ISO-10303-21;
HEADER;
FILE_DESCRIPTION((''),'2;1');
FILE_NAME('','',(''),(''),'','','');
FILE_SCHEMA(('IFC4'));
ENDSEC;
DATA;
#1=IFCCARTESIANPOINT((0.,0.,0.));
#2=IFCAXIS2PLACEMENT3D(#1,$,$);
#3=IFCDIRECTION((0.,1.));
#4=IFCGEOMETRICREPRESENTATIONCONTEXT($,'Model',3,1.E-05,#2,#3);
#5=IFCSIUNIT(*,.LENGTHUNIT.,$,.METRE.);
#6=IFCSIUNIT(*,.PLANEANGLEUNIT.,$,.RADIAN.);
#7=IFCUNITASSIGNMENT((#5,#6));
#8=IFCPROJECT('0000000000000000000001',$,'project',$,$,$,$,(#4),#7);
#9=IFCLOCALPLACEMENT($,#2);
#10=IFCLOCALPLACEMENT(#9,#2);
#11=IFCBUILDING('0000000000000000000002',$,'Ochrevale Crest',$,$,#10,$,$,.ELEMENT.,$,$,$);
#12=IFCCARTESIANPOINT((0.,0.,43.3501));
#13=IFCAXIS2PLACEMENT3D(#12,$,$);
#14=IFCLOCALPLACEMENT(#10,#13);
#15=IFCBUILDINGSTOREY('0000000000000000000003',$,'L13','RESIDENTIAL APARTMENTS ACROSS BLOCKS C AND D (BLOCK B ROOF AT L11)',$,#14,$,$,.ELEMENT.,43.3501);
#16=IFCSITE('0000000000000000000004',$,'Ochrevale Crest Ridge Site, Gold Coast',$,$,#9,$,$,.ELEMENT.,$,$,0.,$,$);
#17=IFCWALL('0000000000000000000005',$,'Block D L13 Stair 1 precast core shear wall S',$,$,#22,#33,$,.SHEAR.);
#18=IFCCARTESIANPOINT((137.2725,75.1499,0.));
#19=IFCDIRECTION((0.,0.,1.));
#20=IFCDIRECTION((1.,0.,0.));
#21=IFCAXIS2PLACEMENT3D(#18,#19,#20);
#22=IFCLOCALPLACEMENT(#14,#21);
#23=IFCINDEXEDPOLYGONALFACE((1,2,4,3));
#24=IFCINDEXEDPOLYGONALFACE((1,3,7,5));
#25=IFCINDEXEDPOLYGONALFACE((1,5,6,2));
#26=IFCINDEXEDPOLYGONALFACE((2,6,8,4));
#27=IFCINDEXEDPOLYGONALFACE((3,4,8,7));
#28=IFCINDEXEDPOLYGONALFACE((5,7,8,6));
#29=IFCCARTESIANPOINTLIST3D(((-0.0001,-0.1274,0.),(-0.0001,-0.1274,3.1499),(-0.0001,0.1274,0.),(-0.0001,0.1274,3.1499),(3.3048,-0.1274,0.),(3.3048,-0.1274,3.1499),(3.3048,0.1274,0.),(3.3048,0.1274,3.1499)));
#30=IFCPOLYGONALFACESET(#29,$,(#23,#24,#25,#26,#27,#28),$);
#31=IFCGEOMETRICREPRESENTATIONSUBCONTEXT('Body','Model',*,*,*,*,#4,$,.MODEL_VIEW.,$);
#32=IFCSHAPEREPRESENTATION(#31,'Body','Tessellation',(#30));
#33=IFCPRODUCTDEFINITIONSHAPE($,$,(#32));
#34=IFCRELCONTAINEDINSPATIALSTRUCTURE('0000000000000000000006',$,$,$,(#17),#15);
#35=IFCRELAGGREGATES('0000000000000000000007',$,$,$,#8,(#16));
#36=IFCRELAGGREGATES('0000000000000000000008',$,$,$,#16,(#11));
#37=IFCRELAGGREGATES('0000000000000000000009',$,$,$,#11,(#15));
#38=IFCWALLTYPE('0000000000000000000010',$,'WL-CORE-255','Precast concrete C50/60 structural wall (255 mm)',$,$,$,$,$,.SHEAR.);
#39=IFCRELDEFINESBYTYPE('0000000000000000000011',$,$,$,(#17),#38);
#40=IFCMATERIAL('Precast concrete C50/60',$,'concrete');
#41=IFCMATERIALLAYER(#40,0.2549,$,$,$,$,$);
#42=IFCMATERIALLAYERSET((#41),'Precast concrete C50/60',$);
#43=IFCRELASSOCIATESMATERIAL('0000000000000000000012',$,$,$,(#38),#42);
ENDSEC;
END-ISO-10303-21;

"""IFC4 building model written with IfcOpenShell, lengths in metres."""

from ifc_helpers import new_model, si_unit, direction, frame, frame_2d, origin, place, context, subcontext, project, spatial, rectangle, extrude, material, layer, layer_set, type_object, element, save


model = new_model("IFC4")

# Units and contexts
model_context = context("Model", 3, precision=1e-05, world=origin(), true_north=direction((0.0, 1.0)))
body_context = subcontext(model_context, "Body", "Model", "MODEL_VIEW")
ifc_project = project(units=[si_unit("LENGTHUNIT", "METRE"), si_unit("PLANEANGLEUNIT", "RADIAN")], contexts=[model_context])

# Site, building, storey
site_placement = place(None, origin())
site = spatial("IfcSite", under=ifc_project, at=site_placement, Name="Ochrevale Crest Ridge Site, Gold Coast", CompositionType="ELEMENT", RefElevation=0.0)
building_placement = place(site_placement, origin())
building = spatial("IfcBuilding", under=site, at=building_placement, Name="Ochrevale Crest", CompositionType="ELEMENT")
storey_placement = place(building_placement, frame((0.0, 0.0, 43.3501)))
storey = spatial("IfcBuildingStorey", under=building, at=storey_placement, Name="L13", Description="RESIDENTIAL APARTMENTS ACROSS BLOCKS C AND D (BLOCK B ROOF AT L11)", CompositionType="ELEMENT", Elevation=43.3501)

# Shared definitions
ifc_material_1 = material(Name="Precast concrete C50/60", Category="concrete")

# Wall
ifc_layer_1 = layer(ifc_material_1, 0.2549)
ifc_layer_set_1 = layer_set([ifc_layer_1], Name="Precast concrete C50/60")
wall_type_1 = type_object("IfcWallType", Name="WL-CORE-255", Description="Precast concrete C50/60 structural wall (255 mm)", PredefinedType="SHEAR", material=ifc_layer_set_1)
wall_1_placement = place(storey_placement, frame((137.2725, 75.1499, 0.0), z_axis=(0.0, 0.0, 1.0), x_axis=(1.0, 0.0, 0.0)))
element("IfcWall", 1, at=wall_1_placement, inside=storey, type_object=wall_type_1, Name="Block D L13 Stair 1 precast core shear wall S", PredefinedType="SHEAR", context=body_context, shape_type="SweptSolid", body=[
    extrude(rectangle(XDim=3.3049, YDim=0.2549, at=frame_2d((1.6523, 0.0))), origin(), (0.0, 0.0, 1.0), 3.1499),
])

save(model, "model.ifc")
